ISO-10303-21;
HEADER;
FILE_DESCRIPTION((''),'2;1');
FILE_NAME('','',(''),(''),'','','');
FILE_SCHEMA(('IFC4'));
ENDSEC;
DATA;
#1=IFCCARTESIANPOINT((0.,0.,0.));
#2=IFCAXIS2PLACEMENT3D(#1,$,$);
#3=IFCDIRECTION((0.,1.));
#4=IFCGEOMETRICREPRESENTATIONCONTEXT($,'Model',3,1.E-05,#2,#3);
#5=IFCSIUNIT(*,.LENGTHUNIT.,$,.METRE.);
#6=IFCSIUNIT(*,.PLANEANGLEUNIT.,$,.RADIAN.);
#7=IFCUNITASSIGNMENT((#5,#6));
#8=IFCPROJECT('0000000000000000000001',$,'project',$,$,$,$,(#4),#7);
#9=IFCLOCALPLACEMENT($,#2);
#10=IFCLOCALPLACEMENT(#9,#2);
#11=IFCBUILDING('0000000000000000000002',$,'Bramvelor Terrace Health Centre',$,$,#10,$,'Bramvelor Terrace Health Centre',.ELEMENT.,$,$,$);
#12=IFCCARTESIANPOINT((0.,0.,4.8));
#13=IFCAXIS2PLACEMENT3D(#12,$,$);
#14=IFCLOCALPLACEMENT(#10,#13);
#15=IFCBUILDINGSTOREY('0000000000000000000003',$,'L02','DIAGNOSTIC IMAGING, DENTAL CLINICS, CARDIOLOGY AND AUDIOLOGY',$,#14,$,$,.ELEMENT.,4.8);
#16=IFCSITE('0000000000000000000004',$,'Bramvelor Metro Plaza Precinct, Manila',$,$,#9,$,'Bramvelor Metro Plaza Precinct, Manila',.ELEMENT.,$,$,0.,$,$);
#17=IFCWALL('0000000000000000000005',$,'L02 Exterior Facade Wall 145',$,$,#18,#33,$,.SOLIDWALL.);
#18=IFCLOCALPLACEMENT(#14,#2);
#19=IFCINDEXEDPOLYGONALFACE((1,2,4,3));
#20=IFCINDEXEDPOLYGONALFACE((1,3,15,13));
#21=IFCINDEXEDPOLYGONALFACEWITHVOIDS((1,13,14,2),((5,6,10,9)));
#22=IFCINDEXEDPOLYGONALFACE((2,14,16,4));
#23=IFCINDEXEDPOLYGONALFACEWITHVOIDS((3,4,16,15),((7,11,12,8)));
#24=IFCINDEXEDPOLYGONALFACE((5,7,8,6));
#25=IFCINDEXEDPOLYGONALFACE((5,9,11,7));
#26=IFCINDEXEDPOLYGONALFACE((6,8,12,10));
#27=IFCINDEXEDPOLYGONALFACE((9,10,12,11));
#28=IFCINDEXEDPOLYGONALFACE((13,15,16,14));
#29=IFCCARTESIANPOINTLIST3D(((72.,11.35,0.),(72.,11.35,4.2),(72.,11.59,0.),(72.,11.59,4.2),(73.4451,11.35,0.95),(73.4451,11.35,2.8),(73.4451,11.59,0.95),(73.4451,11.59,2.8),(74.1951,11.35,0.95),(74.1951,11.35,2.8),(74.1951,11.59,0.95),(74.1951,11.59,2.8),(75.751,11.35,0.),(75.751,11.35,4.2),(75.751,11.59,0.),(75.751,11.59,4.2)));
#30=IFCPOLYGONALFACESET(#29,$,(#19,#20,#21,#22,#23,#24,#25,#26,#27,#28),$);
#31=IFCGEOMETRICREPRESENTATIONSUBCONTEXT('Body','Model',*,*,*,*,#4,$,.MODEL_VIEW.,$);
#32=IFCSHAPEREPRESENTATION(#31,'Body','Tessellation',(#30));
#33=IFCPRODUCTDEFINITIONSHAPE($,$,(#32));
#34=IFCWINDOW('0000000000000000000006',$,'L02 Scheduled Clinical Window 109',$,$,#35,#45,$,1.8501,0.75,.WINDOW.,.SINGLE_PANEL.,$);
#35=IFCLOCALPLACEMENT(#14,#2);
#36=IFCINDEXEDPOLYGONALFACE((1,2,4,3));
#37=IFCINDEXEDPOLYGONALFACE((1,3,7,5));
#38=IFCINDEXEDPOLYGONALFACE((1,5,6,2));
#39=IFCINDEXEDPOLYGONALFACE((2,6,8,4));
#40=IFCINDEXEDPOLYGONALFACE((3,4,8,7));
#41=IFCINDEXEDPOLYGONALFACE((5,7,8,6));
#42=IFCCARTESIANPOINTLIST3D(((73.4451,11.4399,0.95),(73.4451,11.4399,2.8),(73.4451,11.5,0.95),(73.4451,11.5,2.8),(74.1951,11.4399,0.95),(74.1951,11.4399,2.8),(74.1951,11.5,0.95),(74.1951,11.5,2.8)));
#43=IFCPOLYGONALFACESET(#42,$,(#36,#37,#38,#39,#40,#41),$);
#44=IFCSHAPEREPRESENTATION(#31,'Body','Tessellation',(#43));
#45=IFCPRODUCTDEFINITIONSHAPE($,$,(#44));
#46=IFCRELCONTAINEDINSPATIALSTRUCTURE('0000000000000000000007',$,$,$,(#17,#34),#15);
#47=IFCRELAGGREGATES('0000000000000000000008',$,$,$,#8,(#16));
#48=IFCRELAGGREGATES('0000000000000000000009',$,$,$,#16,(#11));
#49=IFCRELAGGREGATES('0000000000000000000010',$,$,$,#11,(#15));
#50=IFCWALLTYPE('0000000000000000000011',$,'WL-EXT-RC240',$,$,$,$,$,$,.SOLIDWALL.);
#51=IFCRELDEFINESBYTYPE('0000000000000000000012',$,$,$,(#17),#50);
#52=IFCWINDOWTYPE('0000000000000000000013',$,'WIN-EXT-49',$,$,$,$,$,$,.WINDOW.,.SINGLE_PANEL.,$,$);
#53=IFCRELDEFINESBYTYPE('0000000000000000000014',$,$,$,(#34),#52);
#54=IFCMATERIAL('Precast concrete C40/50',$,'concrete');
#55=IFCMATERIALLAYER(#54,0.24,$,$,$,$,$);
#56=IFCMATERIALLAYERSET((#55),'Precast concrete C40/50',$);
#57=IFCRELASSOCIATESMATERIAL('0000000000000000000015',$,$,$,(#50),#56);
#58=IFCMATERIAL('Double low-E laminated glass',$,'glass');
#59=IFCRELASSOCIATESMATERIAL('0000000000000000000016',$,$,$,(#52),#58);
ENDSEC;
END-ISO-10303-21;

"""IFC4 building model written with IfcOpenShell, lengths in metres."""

from ifc_helpers import new_model, si_unit, direction, frame, frame_2d, origin, place, context, subcontext, project, spatial, rectangle, extrude, material, layer, layer_set, type_object, element, fill, save


model = new_model("IFC4")

# Units and contexts
model_context = context("Model", 3, precision=1e-05, world=origin(), true_north=direction((0.0, 1.0)))
body_context = subcontext(model_context, "Body", "Model", "MODEL_VIEW")
ifc_project = project(units=[si_unit("LENGTHUNIT", "METRE"), si_unit("PLANEANGLEUNIT", "RADIAN")], contexts=[model_context])

# Site, building, storey
site_placement = place(None, origin())
site = spatial("IfcSite", under=ifc_project, at=site_placement, Name="Bramvelor Metro Plaza Precinct, Manila", LongName="Bramvelor Metro Plaza Precinct, Manila", CompositionType="ELEMENT", RefElevation=0.0)
building_placement = place(site_placement, origin())
building = spatial("IfcBuilding", under=site, at=building_placement, Name="Bramvelor Terrace Health Centre", LongName="Bramvelor Terrace Health Centre", CompositionType="ELEMENT")
storey_placement = place(building_placement, frame((0.0, 0.0, 4.8)))
storey = spatial("IfcBuildingStorey", under=building, at=storey_placement, Name="L02", Description="DIAGNOSTIC IMAGING, DENTAL CLINICS, CARDIOLOGY AND AUDIOLOGY", CompositionType="ELEMENT", Elevation=4.8)

# Wall, opening, window
ifc_material_1 = material(Name="Precast concrete C40/50", Category="concrete")
ifc_layer_1 = layer(ifc_material_1, 0.24)
ifc_layer_set_1 = layer_set([ifc_layer_1], Name="Precast concrete C40/50")
wall_type = type_object("IfcWallType", Name="WL-EXT-RC240", PredefinedType="SOLIDWALL", material=ifc_layer_set_1)
ifc_material_2 = material(Name="Double low-E laminated glass", Category="glass")
window_type_1 = type_object("IfcWindowType", Name="WIN-EXT-49", PartitioningType="SINGLE_PANEL", PredefinedType="WINDOW", material=ifc_material_2)
wall_1_placement = place(storey_placement, frame((72.0, 11.47, 0.0), z_axis=(0.0, 0.0, 1.0), x_axis=(1.0, 0.0, 0.0)))
wall_1 = element("IfcWall", 1, at=wall_1_placement, inside=storey, type_object=wall_type, Name="L02 Exterior Facade Wall 145", PredefinedType="SOLIDWALL", context=body_context, shape_type="SweptSolid", body=[
    extrude(rectangle(XDim=3.751, YDim=0.24, at=frame_2d((1.8755, 0.0))), origin(), (0.0, 0.0, 1.0), 4.2),
])
opening_1_placement = place(wall_1_placement, frame((1.4451, 0.0, 0.95)))
opening_1 = element("IfcOpeningElement", 2, at=opening_1_placement, cuts=wall_1, PredefinedType="OPENING", context=body_context, shape_type="SweptSolid", body=[
    extrude(rectangle(XDim=0.75, YDim=1.8501, at=frame_2d((0.375, 0.925))), frame((0.0, 0.1299, 0.0), z_axis=(0.0, -1.0, 0.0), x_axis=(1.0, 0.0, 0.0)), (0.0, 0.0, 1.0), 0.26),
])
window_1_placement = place(opening_1_placement, origin())
window_1 = element("IfcWindow", 3, at=window_1_placement, inside=storey, type_object=window_type_1, Name="L02 Scheduled Clinical Window 109", OverallHeight=1.8501, OverallWidth=0.75, PartitioningType="SINGLE_PANEL", PredefinedType="WINDOW", context=body_context, shape_type="SweptSolid", body=[
    extrude(rectangle(XDim=0.75, YDim=1.8501, at=frame_2d((0.375, 0.925))), frame((0.0, 0.03, 0.0), z_axis=(0.0, -1.0, 0.0), x_axis=(1.0, 0.0, 0.0)), (0.0, 0.0, 1.0), 0.0601),
])
fill(opening_1, window_1)

save(model, "model.ifc")
